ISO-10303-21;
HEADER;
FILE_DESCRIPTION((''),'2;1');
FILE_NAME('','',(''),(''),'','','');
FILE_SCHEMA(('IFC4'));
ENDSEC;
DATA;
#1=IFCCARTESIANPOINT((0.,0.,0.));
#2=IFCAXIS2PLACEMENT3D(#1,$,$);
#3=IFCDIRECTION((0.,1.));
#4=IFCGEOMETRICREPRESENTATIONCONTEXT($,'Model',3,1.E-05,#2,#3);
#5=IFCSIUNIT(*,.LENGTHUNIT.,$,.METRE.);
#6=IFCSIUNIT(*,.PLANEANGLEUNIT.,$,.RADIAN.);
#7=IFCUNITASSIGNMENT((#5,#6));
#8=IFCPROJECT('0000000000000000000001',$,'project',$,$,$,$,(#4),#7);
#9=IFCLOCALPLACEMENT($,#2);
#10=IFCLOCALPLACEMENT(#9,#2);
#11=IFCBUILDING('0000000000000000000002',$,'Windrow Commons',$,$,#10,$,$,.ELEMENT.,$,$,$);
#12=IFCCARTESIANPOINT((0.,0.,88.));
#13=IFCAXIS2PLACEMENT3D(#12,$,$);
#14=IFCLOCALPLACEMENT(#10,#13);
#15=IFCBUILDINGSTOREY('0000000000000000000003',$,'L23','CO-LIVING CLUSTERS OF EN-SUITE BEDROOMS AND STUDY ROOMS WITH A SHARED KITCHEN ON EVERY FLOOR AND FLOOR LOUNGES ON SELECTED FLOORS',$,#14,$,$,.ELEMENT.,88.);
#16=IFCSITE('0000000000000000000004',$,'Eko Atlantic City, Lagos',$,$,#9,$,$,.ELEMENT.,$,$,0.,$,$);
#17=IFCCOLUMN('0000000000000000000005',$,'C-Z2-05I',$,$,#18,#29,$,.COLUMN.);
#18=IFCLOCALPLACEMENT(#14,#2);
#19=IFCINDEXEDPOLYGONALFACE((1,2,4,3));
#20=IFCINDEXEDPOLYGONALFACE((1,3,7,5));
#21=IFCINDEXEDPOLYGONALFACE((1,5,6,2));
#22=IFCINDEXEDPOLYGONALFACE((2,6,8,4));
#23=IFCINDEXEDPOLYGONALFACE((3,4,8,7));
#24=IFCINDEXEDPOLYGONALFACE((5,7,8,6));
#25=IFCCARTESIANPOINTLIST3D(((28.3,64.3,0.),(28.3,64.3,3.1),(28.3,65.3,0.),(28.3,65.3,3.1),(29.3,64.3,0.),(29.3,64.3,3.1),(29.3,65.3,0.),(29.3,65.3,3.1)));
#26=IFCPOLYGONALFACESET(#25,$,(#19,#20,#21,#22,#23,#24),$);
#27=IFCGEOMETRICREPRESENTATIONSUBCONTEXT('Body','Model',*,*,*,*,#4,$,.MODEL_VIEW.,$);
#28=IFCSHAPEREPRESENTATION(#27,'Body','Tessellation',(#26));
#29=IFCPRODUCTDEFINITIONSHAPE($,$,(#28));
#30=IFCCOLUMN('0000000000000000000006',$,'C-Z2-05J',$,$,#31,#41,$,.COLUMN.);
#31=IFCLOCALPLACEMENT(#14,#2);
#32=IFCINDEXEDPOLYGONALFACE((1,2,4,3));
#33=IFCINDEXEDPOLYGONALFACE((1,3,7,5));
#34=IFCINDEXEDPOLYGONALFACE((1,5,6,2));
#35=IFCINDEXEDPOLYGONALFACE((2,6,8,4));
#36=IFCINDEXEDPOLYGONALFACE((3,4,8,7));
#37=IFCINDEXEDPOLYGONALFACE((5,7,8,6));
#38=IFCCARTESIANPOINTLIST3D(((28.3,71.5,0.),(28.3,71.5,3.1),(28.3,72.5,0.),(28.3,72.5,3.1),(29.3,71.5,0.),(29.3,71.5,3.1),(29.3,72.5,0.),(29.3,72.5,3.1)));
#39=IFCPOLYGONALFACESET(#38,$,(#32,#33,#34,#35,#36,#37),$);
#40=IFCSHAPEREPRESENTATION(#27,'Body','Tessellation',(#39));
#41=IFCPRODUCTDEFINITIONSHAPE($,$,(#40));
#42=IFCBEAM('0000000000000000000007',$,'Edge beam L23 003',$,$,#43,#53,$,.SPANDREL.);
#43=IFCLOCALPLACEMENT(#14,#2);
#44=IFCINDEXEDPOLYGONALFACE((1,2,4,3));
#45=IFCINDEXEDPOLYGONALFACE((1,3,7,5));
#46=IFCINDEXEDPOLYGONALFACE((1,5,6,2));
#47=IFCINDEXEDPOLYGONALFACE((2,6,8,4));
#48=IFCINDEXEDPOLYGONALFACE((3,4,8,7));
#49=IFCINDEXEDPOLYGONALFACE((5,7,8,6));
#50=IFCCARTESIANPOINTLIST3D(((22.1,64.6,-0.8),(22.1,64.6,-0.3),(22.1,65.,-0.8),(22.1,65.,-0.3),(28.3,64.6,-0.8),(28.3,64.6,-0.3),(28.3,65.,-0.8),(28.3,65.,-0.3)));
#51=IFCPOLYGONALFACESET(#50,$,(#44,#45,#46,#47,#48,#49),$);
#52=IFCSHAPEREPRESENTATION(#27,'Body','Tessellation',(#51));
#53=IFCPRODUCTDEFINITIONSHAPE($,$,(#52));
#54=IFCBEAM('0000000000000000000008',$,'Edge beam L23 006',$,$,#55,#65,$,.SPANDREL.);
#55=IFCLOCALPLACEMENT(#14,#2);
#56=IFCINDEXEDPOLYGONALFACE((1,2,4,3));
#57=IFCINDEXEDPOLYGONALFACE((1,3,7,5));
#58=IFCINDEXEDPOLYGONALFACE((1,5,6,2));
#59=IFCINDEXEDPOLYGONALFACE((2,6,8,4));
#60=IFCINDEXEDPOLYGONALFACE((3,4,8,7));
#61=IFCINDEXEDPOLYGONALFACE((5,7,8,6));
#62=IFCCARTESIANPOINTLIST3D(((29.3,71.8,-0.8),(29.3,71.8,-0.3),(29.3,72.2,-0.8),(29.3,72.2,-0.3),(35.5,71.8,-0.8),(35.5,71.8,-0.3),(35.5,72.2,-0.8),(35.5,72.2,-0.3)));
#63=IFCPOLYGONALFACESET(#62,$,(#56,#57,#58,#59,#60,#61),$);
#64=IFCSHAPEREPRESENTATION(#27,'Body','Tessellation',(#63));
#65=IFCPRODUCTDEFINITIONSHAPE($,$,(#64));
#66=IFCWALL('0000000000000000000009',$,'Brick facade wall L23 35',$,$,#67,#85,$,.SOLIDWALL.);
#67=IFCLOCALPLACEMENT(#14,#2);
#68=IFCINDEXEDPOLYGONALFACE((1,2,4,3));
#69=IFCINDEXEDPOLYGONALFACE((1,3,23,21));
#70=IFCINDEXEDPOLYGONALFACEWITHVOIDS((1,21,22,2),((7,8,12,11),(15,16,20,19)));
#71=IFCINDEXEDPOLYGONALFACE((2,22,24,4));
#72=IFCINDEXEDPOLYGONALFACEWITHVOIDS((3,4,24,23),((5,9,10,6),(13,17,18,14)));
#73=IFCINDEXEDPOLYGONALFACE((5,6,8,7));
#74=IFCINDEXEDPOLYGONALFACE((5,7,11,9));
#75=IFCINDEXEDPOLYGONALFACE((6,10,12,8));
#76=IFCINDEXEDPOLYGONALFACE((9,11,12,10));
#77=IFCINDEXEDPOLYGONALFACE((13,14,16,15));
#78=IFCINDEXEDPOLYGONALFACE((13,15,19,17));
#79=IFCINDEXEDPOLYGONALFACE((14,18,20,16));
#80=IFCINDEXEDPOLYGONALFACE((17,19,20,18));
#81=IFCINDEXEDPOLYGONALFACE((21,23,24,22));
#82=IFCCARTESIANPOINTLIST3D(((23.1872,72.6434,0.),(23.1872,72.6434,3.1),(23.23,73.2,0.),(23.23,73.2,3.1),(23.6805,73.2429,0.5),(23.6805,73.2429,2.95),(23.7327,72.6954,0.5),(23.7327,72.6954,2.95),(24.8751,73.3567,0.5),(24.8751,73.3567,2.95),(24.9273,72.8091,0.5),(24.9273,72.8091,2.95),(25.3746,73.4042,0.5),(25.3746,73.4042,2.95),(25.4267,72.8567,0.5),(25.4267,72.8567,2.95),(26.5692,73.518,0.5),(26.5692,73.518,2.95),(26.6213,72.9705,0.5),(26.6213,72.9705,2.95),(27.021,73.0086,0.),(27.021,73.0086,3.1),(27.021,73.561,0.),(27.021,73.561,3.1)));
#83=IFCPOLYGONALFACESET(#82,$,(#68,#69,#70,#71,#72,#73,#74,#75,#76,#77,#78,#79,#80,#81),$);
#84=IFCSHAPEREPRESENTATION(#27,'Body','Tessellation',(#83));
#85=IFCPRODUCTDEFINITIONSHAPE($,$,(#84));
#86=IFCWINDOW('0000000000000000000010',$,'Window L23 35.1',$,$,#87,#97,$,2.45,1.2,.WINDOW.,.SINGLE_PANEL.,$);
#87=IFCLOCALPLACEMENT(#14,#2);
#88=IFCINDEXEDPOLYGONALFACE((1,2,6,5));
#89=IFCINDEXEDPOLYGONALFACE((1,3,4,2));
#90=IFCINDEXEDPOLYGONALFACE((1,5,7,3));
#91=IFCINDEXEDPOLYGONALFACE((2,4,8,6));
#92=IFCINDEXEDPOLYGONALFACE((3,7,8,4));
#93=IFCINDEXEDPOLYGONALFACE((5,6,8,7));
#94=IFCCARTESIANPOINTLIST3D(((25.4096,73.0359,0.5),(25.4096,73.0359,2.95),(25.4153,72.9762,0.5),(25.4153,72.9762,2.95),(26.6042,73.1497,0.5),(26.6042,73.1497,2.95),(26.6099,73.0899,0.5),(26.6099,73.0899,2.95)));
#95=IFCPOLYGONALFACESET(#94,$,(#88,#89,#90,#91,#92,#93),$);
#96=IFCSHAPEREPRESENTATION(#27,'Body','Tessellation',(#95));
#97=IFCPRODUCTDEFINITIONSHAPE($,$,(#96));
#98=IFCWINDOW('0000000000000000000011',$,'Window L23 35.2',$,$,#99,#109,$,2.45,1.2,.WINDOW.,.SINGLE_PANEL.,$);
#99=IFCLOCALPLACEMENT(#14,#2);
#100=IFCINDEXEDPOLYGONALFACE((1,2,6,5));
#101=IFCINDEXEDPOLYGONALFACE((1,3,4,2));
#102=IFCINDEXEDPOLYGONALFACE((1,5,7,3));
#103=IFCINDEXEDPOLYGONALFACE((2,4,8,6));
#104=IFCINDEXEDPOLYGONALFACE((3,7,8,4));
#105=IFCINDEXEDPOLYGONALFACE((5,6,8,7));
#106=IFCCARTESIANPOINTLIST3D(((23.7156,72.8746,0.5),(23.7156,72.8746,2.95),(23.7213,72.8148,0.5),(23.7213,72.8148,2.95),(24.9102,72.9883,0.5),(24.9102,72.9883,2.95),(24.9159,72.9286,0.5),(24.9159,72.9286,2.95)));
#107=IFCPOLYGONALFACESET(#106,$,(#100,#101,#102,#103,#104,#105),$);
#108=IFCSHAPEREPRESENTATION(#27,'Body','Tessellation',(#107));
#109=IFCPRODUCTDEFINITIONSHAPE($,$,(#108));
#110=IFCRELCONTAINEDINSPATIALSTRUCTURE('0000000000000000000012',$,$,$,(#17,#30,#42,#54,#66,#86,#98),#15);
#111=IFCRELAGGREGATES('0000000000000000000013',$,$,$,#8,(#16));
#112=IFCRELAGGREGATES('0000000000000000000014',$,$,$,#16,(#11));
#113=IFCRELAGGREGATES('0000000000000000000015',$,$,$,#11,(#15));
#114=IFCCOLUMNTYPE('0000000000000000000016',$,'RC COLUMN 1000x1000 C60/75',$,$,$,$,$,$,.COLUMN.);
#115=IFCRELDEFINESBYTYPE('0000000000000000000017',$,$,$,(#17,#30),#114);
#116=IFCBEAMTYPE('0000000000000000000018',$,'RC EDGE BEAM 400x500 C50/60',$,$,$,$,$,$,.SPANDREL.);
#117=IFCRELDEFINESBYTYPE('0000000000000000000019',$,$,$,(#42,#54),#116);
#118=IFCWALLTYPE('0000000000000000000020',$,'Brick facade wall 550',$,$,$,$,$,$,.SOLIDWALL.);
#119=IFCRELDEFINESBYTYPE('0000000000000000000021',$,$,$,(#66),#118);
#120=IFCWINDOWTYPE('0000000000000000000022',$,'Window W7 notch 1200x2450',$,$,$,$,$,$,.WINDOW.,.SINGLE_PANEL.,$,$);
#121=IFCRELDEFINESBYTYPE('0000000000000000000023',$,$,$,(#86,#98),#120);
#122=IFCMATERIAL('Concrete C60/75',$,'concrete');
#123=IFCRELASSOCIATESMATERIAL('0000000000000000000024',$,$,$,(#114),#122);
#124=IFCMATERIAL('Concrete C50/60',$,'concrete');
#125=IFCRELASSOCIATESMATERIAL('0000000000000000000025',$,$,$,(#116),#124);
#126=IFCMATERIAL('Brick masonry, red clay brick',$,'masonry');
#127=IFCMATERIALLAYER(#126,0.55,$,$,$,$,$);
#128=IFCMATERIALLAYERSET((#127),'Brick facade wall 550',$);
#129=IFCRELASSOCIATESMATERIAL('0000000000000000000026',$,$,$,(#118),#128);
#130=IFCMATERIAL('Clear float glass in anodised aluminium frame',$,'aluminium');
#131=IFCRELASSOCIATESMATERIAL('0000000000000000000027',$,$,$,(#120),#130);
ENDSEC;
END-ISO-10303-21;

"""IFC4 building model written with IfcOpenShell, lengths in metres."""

from ifc_helpers import new_model, si_unit, direction, frame, frame_2d, origin, origin_2d, place, context, subcontext, project, spatial, polyline, rectangle, outline, extrude, material, layer, layer_set, material_profile, profile_set, type_object, element, fill, save


model = new_model("IFC4")

# Units and contexts
model_context = context("Model", 3, precision=1e-05, world=origin(), true_north=direction((0.0, 1.0)))
body_context = subcontext(model_context, "Body", "Model", "MODEL_VIEW")
ifc_project = project(units=[si_unit("LENGTHUNIT", "METRE"), si_unit("PLANEANGLEUNIT", "RADIAN")], contexts=[model_context])

# Site, building, storey
site_placement = place(None, origin())
site = spatial("IfcSite", under=ifc_project, at=site_placement, Name="Eko Atlantic City, Lagos", CompositionType="ELEMENT", RefElevation=0.0)
building_placement = place(site_placement, origin())
building = spatial("IfcBuilding", under=site, at=building_placement, Name="Windrow Commons", CompositionType="ELEMENT")
storey_placement = place(building_placement, frame((0.0, 0.0, 88.0)))
storey = spatial("IfcBuildingStorey", under=building, at=storey_placement, Name="L23", Description="CO-LIVING CLUSTERS OF EN-SUITE BEDROOMS AND STUDY ROOMS WITH A SHARED KITCHEN ON EVERY FLOOR AND FLOOR LOUNGES ON SELECTED FLOORS", CompositionType="ELEMENT", Elevation=88.0)

# Columns
ifc_material_1 = material(Name="Concrete C60/75", Category="concrete")
ifc_material_profile_1 = material_profile(ifc_material_1, rectangle(XDim=1.0, YDim=1.0, at=origin_2d()))
ifc_profile_set_1 = profile_set([ifc_material_profile_1], Name="Concrete C60/75")
column_type = type_object("IfcColumnType", Name="RC COLUMN 1000x1000 C60/75", PredefinedType="COLUMN", material=ifc_profile_set_1)
for number, where, z_axis, x_axis, name in (
    (1, (28.8, 64.8, 0.0), (0.0, 0.0, 1.0), (1.0, 0.0, 0.0), "C-Z2-05I"),
    (2, (28.8, 72.0, 0.0), (0.0, 0.0, 1.0), (1.0, 0.0, 0.0), "C-Z2-05J"),
):
    element("IfcColumn", number, at=place(storey_placement, frame(where, z_axis=z_axis, x_axis=x_axis)), inside=storey, type_object=column_type, Name=name, PredefinedType="COLUMN", context=body_context, shape_type="SweptSolid", body=[
        extrude(rectangle(XDim=1.0, YDim=1.0, at=origin_2d()), origin(), (0.0, 0.0, 1.0), 3.1),
    ])

# Beams
ifc_material_2 = material(Name="Concrete C50/60", Category="concrete")
ifc_material_profile_2 = material_profile(ifc_material_2, rectangle(XDim=0.4, YDim=0.5, at=origin_2d()))
ifc_profile_set_2 = profile_set([ifc_material_profile_2], Name="Concrete C50/60")
beam_type = type_object("IfcBeamType", Name="RC EDGE BEAM 400x500 C50/60", PredefinedType="SPANDREL", material=ifc_profile_set_2)
for number, where, z_axis, x_axis, name in (
    (3, (28.3, 64.8, -0.55), (-1.0, 0.0, 0.0), (0.0, -1.0, 0.0), "Edge beam L23 003"),
    (4, (29.3, 72.0, -0.55), (1.0, 0.0, 0.0), (0.0, 1.0, 0.0), "Edge beam L23 006"),
):
    element("IfcBeam", number, at=place(storey_placement, frame(where, z_axis=z_axis, x_axis=x_axis)), inside=storey, type_object=beam_type, Name=name, PredefinedType="SPANDREL", context=body_context, shape_type="SweptSolid", body=[
        extrude(rectangle(XDim=0.4, YDim=0.5, at=origin_2d()), origin(), (0.0, 0.0, 1.0), 6.2),
    ])

# Wall, openings, windows
ifc_material_3 = material(Name="Brick masonry, red clay brick", Category="masonry")
ifc_layer_1 = layer(ifc_material_3, 0.55)
ifc_layer_set_1 = layer_set([ifc_layer_1], Name="Brick facade wall 550")
wall_type_1 = type_object("IfcWallType", Name="Brick facade wall 550", PredefinedType="SOLIDWALL", material=ifc_layer_set_1)
wall_1_placement = place(storey_placement, frame((27.021, 73.2848, 0.0), z_axis=(0.0, 0.0, 1.0), x_axis=(-0.995495, -0.094813, 0.0)))
wall_1 = element("IfcWall", 5, at=wall_1_placement, inside=storey, type_object=wall_type_1, Name="Brick facade wall L23 35", PredefinedType="SOLIDWALL", context=body_context, shape_type="SweptSolid", body=[
    extrude(outline(polyline([(-0.0262, -0.275), (3.782, -0.275), (3.8773, 0.275), (0.0262, 0.275), (-0.0262, -0.275)])), origin(), (0.0, 0.0, 1.0), 3.1),
])
opening_1_placement = place(wall_1_placement, frame((0.4277, 0.0, 0.5)))
opening_1 = element("IfcOpeningElement", 6, at=opening_1_placement, cuts=wall_1, PredefinedType="OPENING", context=body_context, shape_type="SweptSolid", body=[
    extrude(rectangle(XDim=1.2, YDim=2.45, at=frame_2d((0.6, 1.225))), frame((0.0, 0.285, 0.0), z_axis=(0.0, -1.0, 0.0), x_axis=(1.0, 0.0, 0.0)), (0.0, 0.0, 1.0), 0.57),
])
opening_2_placement = place(wall_1_placement, frame((2.1294, 0.0, 0.5)))
opening_2 = element("IfcOpeningElement", 7, at=opening_2_placement, cuts=wall_1, PredefinedType="OPENING", context=body_context, shape_type="SweptSolid", body=[
    extrude(rectangle(XDim=1.2, YDim=2.45, at=frame_2d((0.6, 1.225))), frame((0.0, 0.285, 0.0), z_axis=(0.0, -1.0, 0.0), x_axis=(1.0, 0.0, 0.0)), (0.0, 0.0, 1.0), 0.57),
])
ifc_material_4 = material(Name="Clear float glass in anodised aluminium frame", Category="aluminium")
window_type_1 = type_object("IfcWindowType", Name="Window W7 notch 1200x2450", PartitioningType="SINGLE_PANEL", PredefinedType="WINDOW", material=ifc_material_4)
window_1_placement = place(opening_1_placement, origin())
window_1 = element("IfcWindow", 8, at=window_1_placement, inside=storey, type_object=window_type_1, Name="Window L23 35.1", OverallHeight=2.45, OverallWidth=1.2, PartitioningType="SINGLE_PANEL", PredefinedType="WINDOW", context=body_context, shape_type="SweptSolid", body=[
    extrude(rectangle(XDim=1.2, YDim=2.45, at=frame_2d((0.6, 1.225))), frame((0.0, 0.155, 0.0), z_axis=(0.0, -1.0, 0.0), x_axis=(1.0, 0.0, 0.0)), (0.0, 0.0, 1.0), 0.06),
])
fill(opening_1, window_1)
window_2_placement = place(opening_2_placement, origin())
window_2 = element("IfcWindow", 9, at=window_2_placement, inside=storey, type_object=window_type_1, Name="Window L23 35.2", OverallHeight=2.45, OverallWidth=1.2, PartitioningType="SINGLE_PANEL", PredefinedType="WINDOW", context=body_context, shape_type="SweptSolid", body=[
    extrude(rectangle(XDim=1.2, YDim=2.45, at=frame_2d((0.6, 1.225))), frame((0.0, 0.155, 0.0), z_axis=(0.0, -1.0, 0.0), x_axis=(1.0, 0.0, 0.0)), (0.0, 0.0, 1.0), 0.06),
])
fill(opening_2, window_2)

save(model, "model.ifc")
